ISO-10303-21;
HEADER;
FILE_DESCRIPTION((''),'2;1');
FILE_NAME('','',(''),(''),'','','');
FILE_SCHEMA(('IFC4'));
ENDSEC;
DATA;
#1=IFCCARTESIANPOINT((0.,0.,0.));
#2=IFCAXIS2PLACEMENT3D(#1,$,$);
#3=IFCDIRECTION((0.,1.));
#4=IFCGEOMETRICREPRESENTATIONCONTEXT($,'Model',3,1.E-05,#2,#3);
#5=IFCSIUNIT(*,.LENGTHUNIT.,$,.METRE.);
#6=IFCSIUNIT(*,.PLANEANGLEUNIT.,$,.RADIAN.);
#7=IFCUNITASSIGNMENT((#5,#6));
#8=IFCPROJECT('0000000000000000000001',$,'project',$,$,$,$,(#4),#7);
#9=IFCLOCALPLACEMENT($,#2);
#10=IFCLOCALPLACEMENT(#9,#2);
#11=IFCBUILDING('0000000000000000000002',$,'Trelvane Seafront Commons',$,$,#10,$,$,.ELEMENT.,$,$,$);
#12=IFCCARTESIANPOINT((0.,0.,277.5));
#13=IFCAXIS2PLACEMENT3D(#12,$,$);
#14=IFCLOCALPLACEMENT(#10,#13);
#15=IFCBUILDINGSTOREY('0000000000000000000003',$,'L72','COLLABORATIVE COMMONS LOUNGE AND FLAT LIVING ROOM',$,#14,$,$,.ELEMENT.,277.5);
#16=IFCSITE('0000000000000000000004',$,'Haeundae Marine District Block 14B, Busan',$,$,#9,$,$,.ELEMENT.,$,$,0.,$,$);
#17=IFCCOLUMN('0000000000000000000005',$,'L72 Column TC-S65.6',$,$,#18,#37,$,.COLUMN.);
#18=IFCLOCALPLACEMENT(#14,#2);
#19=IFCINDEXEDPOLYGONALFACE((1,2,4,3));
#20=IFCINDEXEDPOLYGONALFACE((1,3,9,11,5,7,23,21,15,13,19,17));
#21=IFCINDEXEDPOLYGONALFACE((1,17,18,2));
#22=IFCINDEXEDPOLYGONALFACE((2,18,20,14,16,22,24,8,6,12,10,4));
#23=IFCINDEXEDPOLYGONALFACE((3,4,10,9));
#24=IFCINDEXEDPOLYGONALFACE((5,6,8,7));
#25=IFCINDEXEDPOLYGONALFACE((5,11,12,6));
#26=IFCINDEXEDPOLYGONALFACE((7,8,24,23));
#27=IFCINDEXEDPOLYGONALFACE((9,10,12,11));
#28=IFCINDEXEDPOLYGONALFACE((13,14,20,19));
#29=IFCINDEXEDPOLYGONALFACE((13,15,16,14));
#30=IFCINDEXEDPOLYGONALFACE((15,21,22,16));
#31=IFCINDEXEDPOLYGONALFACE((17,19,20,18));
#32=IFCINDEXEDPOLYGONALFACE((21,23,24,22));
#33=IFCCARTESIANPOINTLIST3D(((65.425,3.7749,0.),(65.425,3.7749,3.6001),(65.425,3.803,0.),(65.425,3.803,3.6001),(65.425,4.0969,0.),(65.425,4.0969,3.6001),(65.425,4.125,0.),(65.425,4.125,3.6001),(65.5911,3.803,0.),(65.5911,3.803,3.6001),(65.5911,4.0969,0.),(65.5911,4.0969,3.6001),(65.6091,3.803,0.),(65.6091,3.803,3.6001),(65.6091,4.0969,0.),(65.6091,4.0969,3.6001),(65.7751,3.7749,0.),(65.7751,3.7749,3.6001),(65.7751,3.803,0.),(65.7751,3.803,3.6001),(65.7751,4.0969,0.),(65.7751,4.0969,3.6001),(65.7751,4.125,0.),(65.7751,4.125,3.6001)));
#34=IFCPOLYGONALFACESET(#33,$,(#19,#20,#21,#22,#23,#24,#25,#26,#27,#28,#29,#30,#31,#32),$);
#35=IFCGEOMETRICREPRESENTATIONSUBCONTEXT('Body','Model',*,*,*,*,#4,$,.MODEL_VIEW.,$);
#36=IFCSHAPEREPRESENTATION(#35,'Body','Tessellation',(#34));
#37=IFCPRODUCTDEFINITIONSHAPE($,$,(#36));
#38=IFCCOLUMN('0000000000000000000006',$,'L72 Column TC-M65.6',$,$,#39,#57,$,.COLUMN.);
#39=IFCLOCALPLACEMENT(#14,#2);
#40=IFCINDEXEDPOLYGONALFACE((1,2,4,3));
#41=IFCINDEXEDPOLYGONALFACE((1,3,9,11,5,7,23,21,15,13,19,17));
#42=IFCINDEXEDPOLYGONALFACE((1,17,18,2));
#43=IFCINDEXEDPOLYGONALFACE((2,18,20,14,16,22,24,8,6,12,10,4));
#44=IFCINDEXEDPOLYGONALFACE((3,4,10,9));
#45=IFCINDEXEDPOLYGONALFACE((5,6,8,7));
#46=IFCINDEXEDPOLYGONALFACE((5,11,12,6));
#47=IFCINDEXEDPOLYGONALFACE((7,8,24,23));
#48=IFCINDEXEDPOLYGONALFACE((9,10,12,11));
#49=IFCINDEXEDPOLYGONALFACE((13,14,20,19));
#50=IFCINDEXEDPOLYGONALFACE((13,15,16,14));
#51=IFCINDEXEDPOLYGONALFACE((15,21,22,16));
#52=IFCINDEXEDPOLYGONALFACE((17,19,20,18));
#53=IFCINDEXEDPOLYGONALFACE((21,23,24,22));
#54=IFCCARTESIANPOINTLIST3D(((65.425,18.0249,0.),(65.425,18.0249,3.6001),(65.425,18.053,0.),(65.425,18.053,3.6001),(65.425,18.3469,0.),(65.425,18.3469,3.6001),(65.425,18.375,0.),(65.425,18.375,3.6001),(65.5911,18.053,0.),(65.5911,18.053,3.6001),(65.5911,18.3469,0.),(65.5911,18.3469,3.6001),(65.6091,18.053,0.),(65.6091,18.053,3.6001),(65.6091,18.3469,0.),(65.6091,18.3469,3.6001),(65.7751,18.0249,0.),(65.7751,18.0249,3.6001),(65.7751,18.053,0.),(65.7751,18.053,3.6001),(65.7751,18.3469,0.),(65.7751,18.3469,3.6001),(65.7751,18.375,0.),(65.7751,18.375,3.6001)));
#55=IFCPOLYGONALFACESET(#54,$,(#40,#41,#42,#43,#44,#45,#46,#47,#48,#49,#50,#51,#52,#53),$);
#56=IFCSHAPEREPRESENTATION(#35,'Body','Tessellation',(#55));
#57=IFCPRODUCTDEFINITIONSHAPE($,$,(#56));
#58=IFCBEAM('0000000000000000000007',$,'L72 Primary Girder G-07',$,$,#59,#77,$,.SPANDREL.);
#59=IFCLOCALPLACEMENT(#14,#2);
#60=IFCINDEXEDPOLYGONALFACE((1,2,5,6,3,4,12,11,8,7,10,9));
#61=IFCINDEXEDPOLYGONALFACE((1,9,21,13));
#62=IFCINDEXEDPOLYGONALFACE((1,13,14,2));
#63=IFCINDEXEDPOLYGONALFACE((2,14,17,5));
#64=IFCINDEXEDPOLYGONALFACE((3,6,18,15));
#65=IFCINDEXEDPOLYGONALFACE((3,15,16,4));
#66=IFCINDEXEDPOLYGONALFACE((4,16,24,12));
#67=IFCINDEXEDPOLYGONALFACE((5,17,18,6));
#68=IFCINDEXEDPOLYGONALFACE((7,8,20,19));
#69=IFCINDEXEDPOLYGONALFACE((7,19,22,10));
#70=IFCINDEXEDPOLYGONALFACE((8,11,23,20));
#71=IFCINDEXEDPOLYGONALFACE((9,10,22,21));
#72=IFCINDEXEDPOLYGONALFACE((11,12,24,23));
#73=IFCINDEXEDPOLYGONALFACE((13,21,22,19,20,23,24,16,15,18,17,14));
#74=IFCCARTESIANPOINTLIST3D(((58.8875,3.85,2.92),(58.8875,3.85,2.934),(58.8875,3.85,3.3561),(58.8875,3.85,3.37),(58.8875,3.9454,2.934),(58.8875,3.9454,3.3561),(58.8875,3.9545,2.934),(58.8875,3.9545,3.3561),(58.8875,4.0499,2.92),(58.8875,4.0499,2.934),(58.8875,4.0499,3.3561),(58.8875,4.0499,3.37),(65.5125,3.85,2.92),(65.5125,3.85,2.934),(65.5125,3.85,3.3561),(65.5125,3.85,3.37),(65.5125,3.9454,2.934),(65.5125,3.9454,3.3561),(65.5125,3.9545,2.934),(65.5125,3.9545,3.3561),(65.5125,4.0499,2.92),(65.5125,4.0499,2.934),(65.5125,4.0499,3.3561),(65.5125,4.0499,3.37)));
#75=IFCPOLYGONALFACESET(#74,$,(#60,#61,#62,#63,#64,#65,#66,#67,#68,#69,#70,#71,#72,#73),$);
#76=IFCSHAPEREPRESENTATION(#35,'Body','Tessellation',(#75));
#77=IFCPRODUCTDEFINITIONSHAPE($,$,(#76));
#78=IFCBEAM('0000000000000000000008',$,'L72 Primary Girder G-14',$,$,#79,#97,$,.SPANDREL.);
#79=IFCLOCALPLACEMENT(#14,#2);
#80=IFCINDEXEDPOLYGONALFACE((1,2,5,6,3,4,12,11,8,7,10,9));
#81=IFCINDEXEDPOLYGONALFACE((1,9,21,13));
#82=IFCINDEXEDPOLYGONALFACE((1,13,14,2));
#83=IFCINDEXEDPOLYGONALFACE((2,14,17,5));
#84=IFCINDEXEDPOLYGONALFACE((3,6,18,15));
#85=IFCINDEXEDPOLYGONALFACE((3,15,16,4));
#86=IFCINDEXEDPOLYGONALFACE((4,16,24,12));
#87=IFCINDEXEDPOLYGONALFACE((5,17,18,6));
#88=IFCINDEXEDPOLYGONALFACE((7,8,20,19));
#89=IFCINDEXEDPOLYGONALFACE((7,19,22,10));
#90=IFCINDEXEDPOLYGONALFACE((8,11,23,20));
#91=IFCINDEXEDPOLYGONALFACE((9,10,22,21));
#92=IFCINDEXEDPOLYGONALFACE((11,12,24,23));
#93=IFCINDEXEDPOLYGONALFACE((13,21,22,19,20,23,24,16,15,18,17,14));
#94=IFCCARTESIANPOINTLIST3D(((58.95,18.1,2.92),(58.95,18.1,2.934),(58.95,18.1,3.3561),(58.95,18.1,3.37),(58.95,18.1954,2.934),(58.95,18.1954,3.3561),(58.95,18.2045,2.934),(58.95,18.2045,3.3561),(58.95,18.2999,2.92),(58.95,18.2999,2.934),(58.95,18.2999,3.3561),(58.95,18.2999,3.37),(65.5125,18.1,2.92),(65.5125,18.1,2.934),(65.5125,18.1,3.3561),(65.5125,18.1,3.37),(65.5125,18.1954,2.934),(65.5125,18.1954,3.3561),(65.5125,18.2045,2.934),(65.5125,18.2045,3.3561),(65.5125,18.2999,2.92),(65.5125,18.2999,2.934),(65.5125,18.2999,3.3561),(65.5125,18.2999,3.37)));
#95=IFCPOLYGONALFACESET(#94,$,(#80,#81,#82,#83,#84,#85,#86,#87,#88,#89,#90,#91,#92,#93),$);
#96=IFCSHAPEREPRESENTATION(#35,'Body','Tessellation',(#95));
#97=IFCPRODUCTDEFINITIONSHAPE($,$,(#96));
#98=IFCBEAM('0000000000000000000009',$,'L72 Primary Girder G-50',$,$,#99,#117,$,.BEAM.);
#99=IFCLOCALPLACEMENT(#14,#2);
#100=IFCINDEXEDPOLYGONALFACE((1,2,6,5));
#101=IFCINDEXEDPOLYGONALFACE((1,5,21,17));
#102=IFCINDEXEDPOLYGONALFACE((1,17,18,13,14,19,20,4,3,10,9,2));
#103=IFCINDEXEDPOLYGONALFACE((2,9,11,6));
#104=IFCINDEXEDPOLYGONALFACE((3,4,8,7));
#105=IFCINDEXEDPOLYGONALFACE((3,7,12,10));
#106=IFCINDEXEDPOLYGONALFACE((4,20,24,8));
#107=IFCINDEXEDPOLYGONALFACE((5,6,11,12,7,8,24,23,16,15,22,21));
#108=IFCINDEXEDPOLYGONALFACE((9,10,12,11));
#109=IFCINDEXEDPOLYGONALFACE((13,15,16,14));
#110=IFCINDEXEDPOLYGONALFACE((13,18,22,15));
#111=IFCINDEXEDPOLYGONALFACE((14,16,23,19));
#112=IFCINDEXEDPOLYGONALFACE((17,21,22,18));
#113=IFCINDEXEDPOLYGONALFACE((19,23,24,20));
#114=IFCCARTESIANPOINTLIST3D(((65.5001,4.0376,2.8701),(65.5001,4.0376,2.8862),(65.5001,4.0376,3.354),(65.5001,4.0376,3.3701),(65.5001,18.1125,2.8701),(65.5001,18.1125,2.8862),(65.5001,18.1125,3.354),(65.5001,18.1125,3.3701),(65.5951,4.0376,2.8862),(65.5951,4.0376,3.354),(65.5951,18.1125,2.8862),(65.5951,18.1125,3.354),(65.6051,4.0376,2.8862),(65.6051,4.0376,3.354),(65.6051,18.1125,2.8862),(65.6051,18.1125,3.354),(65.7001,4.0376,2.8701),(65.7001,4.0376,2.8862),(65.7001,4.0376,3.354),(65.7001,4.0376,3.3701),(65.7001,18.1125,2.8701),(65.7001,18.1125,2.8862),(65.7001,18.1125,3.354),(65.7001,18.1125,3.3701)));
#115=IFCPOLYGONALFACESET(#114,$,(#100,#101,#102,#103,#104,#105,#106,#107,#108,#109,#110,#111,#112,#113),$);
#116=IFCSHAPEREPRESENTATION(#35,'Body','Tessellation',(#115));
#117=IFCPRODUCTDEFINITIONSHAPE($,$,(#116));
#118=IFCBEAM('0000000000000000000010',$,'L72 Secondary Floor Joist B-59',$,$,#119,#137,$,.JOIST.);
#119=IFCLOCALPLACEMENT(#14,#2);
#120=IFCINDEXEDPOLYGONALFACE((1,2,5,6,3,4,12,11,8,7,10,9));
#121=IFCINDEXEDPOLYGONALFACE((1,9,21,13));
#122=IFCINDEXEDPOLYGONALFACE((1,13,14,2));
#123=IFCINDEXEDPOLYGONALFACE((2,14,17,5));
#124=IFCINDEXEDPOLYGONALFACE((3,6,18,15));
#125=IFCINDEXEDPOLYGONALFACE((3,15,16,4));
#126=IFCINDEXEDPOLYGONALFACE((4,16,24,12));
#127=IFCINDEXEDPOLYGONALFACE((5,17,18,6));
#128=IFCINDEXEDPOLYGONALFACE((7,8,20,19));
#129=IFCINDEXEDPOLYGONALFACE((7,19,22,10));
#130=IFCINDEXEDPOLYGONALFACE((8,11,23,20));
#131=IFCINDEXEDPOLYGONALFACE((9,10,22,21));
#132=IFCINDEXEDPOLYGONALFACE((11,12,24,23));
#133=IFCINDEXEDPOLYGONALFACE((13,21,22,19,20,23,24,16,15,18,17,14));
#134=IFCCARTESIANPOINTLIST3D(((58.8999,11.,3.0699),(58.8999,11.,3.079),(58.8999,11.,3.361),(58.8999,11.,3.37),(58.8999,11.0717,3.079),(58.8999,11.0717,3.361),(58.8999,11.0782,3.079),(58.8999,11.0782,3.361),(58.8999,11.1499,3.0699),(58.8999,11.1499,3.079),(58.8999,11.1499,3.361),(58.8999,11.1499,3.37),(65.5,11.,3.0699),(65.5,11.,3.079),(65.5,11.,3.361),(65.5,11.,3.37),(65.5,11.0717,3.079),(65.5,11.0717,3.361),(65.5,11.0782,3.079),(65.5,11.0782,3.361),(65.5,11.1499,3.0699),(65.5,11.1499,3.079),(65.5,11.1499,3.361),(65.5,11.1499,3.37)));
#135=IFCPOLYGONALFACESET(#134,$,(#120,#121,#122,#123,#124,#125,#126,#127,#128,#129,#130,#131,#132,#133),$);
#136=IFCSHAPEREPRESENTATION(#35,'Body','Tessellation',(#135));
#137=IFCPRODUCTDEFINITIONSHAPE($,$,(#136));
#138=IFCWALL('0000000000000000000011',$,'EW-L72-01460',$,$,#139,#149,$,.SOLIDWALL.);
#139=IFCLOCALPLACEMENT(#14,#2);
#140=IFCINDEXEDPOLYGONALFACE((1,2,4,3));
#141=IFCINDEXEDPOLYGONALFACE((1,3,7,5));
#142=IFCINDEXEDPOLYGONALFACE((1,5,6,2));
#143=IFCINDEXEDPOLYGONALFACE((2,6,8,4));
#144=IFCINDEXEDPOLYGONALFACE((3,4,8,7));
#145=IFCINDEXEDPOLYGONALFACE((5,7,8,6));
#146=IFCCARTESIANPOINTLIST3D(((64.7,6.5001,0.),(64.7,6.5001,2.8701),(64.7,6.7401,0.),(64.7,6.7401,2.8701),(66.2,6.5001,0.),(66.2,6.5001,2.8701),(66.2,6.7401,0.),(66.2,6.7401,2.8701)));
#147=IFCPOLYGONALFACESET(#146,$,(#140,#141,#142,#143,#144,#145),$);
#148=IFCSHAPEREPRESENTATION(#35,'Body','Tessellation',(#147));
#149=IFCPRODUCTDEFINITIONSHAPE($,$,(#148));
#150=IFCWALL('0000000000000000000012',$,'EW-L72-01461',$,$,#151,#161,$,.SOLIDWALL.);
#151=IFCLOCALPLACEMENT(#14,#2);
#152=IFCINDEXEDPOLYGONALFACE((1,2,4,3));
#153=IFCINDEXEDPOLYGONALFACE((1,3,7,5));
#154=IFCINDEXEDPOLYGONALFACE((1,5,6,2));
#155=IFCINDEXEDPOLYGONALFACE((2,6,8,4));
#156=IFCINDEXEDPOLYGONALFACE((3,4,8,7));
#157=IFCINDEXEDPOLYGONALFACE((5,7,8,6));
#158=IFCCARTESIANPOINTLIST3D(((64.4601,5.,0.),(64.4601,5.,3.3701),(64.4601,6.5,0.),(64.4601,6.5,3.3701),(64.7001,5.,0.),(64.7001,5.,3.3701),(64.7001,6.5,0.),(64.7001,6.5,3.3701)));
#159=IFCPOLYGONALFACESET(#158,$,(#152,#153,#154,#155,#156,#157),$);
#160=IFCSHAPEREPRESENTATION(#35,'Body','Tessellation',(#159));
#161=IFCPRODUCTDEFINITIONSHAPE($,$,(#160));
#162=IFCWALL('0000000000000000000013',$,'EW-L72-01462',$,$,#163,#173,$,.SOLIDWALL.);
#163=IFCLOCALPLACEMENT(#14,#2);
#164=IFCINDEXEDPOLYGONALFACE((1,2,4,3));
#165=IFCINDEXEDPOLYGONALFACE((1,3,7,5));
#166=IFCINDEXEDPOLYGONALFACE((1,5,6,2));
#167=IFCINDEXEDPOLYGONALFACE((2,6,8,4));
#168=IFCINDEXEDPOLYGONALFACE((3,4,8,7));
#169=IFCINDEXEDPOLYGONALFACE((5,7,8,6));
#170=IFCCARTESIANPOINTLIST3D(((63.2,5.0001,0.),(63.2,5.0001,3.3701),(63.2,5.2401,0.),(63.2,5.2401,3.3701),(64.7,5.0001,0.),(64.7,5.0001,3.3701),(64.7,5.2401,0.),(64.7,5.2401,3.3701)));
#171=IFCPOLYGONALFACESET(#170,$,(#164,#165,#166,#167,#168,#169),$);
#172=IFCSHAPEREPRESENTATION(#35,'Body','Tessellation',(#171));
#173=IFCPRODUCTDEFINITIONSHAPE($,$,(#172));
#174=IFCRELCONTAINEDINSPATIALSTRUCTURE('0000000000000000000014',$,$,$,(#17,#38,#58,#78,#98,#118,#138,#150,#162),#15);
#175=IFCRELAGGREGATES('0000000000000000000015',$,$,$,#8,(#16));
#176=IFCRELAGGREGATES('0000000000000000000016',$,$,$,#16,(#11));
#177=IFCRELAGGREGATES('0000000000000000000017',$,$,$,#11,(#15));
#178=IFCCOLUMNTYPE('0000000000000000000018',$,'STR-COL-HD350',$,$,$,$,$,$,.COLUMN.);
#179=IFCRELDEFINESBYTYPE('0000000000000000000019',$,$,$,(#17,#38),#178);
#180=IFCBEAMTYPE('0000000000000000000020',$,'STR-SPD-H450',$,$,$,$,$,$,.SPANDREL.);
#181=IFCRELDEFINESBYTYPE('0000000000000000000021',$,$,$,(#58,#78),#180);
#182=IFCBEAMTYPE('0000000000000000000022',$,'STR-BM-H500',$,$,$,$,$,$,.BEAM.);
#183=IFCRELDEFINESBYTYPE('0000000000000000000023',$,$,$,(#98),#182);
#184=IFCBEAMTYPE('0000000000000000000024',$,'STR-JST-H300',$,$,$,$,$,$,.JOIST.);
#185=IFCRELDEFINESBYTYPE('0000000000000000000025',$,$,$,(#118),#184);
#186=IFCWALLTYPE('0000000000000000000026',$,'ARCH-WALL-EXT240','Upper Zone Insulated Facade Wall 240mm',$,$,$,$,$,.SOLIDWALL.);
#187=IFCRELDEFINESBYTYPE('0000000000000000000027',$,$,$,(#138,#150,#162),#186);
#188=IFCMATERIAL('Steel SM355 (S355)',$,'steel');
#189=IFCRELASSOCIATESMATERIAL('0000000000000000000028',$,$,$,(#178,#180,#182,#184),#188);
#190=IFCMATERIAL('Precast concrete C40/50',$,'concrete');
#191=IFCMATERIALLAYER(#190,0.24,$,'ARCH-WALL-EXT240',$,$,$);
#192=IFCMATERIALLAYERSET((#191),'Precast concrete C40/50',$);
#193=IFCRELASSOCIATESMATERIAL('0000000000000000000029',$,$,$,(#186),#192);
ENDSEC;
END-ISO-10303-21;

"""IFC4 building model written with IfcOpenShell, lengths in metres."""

from ifc_helpers import new_model, si_unit, direction, frame, frame_2d, origin, origin_2d, place, context, subcontext, project, spatial, rectangle, i_section, extrude, source, transform, mapped, material, layer, layer_set, material_profile, profile_set, type_object, element, save


model = new_model("IFC4")

# Units and contexts
model_context = context("Model", 3, precision=1e-05, world=origin(), true_north=direction((0.0, 1.0)))
body_context = subcontext(model_context, "Body", "Model", "MODEL_VIEW")
ifc_project = project(units=[si_unit("LENGTHUNIT", "METRE"), si_unit("PLANEANGLEUNIT", "RADIAN")], contexts=[model_context])

# Site, building, storey
site_placement = place(None, origin())
site = spatial("IfcSite", under=ifc_project, at=site_placement, Name="Haeundae Marine District Block 14B, Busan", CompositionType="ELEMENT", RefElevation=0.0)
building_placement = place(site_placement, origin())
building = spatial("IfcBuilding", under=site, at=building_placement, Name="Trelvane Seafront Commons", CompositionType="ELEMENT")
storey_placement = place(building_placement, frame((0.0, 0.0, 277.5)))
storey = spatial("IfcBuildingStorey", under=building, at=storey_placement, Name="L72", Description="COLLABORATIVE COMMONS LOUNGE AND FLAT LIVING ROOM", CompositionType="ELEMENT", Elevation=277.5)

# Columns
ifc_material_1 = material(Name="Steel SM355 (S355)", Category="steel")
ifc_material_profile_1 = material_profile(ifc_material_1, i_section(OverallWidth=0.3501, OverallDepth=0.3501, WebThickness=0.0181, FlangeThickness=0.0281, at=origin_2d()), Name="HD-350x350x18x28")
ifc_profile_set_1 = profile_set([ifc_material_profile_1], Name="Steel SM355 (S355)")
column_type = type_object("IfcColumnType", Name="STR-COL-HD350", PredefinedType="COLUMN", material=ifc_profile_set_1)
shared_shape_1 = source(origin(), body_context, "Body", "SweptSolid", [
    extrude(i_section(OverallWidth=0.3501, OverallDepth=0.3501, WebThickness=0.0181, FlangeThickness=0.0281, at=origin_2d()), origin(), (0.0, 0.0, 1.0), 3.6001),
])
for number, where, z_axis, x_axis, name in (
    (1, (65.6001, 3.95, 0.0), (0.0, 0.0, 1.0), (1.0, 0.0, 0.0), "L72 Column TC-S65.6"),
    (2, (65.6001, 18.2, 0.0), (0.0, 0.0, 1.0), (1.0, 0.0, 0.0), "L72 Column TC-M65.6"),
):
    element("IfcColumn", number, at=place(storey_placement, frame(where, z_axis=z_axis, x_axis=x_axis)), inside=storey, type_object=column_type, Name=name, PredefinedType="COLUMN", context=body_context, shape_type="MappedRepresentation", body=[
        mapped(shared_shape_1, transform((0.0, 0.0, 0.0), x_axis=(1.0, 0.0, 0.0), y_axis=(0.0, 1.0, 0.0), z_axis=(0.0, 0.0, 1.0), scale=1.0)),
    ])

# Beams
ifc_material_profile_2 = material_profile(ifc_material_1, i_section(OverallWidth=0.2, OverallDepth=0.45, WebThickness=0.009, FlangeThickness=0.0139, at=origin_2d()), Name="H-450x200x9x14")
ifc_profile_set_2 = profile_set([ifc_material_profile_2], Name="Steel SM355 (S355)")
beam_type_1 = type_object("IfcBeamType", Name="STR-SPD-H450", PredefinedType="SPANDREL", material=ifc_profile_set_2)
shared_shape_2 = source(origin(), body_context, "Body", "SweptSolid", [
    extrude(i_section(OverallWidth=0.2, OverallDepth=0.45, WebThickness=0.009, FlangeThickness=0.0139, at=origin_2d()), origin(), (0.0, 0.0, 1.0), 6.625),
])
beam_1_placement = place(storey_placement, frame((58.8875, 3.95, 3.145), z_axis=(1.0, 0.0, 0.0), x_axis=(0.0, 1.0, 0.0)))
element("IfcBeam", 3, at=beam_1_placement, inside=storey, type_object=beam_type_1, Name="L72 Primary Girder G-07", PredefinedType="SPANDREL", context=body_context, shape_type="MappedRepresentation", body=[
    mapped(shared_shape_2, transform((0.0, 0.0, 0.0), x_axis=(1.0, 0.0, 0.0), y_axis=(0.0, 1.0, 0.0), z_axis=(0.0, 0.0, 1.0), scale=1.0)),
])
shared_shape_3 = source(origin(), body_context, "Body", "SweptSolid", [
    extrude(i_section(OverallWidth=0.2, OverallDepth=0.45, WebThickness=0.009, FlangeThickness=0.0139, at=origin_2d()), origin(), (0.0, 0.0, 1.0), 6.5625),
])
beam_2_placement = place(storey_placement, frame((58.95, 18.2, 3.145), z_axis=(1.0, 0.0, 0.0), x_axis=(0.0, 1.0, 0.0)))
element("IfcBeam", 4, at=beam_2_placement, inside=storey, type_object=beam_type_1, Name="L72 Primary Girder G-14", PredefinedType="SPANDREL", context=body_context, shape_type="MappedRepresentation", body=[
    mapped(shared_shape_3, transform((0.0, 0.0, 0.0), x_axis=(1.0, 0.0, 0.0), y_axis=(0.0, 1.0, 0.0), z_axis=(0.0, 0.0, 1.0), scale=1.0)),
])
ifc_material_profile_3 = material_profile(ifc_material_1, i_section(OverallWidth=0.2, OverallDepth=0.5, WebThickness=0.01, FlangeThickness=0.0161, at=origin_2d()), Name="H-500x200x10x16")
ifc_profile_set_3 = profile_set([ifc_material_profile_3], Name="Steel SM355 (S355)")
beam_type_2 = type_object("IfcBeamType", Name="STR-BM-H500", PredefinedType="BEAM", material=ifc_profile_set_3)
shared_shape_4 = source(origin(), body_context, "Body", "SweptSolid", [
    extrude(i_section(OverallWidth=0.2, OverallDepth=0.5, WebThickness=0.01, FlangeThickness=0.0161, at=origin_2d()), origin(), (0.0, 0.0, 1.0), 14.075),
])
beam_3_placement = place(storey_placement, frame((65.6001, 4.0376, 3.1201), z_axis=(0.0, 1.0, 0.0), x_axis=(-1.0, 0.0, 0.0)))
element("IfcBeam", 5, at=beam_3_placement, inside=storey, type_object=beam_type_2, Name="L72 Primary Girder G-50", PredefinedType="BEAM", context=body_context, shape_type="MappedRepresentation", body=[
    mapped(shared_shape_4, transform((0.0, 0.0, 0.0), x_axis=(1.0, 0.0, 0.0), y_axis=(0.0, 1.0, 0.0), z_axis=(0.0, 0.0, 1.0), scale=1.0)),
])
ifc_material_profile_4 = material_profile(ifc_material_1, i_section(OverallWidth=0.1499, OverallDepth=0.3, WebThickness=0.0066, FlangeThickness=0.009, at=origin_2d()), Name="H-300x150x6.5x9")
ifc_profile_set_4 = profile_set([ifc_material_profile_4], Name="Steel SM355 (S355)")
beam_type_3 = type_object("IfcBeamType", Name="STR-JST-H300", PredefinedType="JOIST", material=ifc_profile_set_4)
shared_shape_5 = source(origin(), body_context, "Body", "SweptSolid", [
    extrude(i_section(OverallWidth=0.1499, OverallDepth=0.3, WebThickness=0.0066, FlangeThickness=0.009, at=origin_2d()), origin(), (0.0, 0.0, 1.0), 6.6001),
])
beam_4_placement = place(storey_placement, frame((58.8999, 11.075, 3.22), z_axis=(1.0, 0.0, 0.0), x_axis=(0.0, 1.0, 0.0)))
element("IfcBeam", 6, at=beam_4_placement, inside=storey, type_object=beam_type_3, Name="L72 Secondary Floor Joist B-59", PredefinedType="JOIST", context=body_context, shape_type="MappedRepresentation", body=[
    mapped(shared_shape_5, transform((0.0, 0.0, 0.0), x_axis=(1.0, 0.0, 0.0), y_axis=(0.0, 1.0, 0.0), z_axis=(0.0, 0.0, 1.0), scale=1.0)),
])

# Walls
ifc_material_2 = material(Name="Precast concrete C40/50", Category="concrete")
ifc_layer = layer(ifc_material_2, 0.24, Name="ARCH-WALL-EXT240")
ifc_layer_set = layer_set([ifc_layer], Name="Precast concrete C40/50")
wall_type = type_object("IfcWallType", Name="ARCH-WALL-EXT240", Description="Upper Zone Insulated Facade Wall 240mm", PredefinedType="SOLIDWALL", material=ifc_layer_set)
wall_1_placement = place(storey_placement, frame((66.2, 6.6201, 0.0), z_axis=(0.0, 0.0, 1.0), x_axis=(-1.0, 0.0, 0.0)))
element("IfcWall", 7, at=wall_1_placement, inside=storey, type_object=wall_type, Name="EW-L72-01460", PredefinedType="SOLIDWALL", context=body_context, shape_type="SweptSolid", body=[
    extrude(rectangle(XDim=1.5, YDim=0.24, at=frame_2d((0.75, 0.0))), origin(), (0.0, 0.0, 1.0), 2.8701),
])
for number, where, z_axis, x_axis, name in (
    (8, (64.5801, 6.5, 0.0), (0.0, 0.0, 1.0), (0.0, -1.0, 0.0), "EW-L72-01461"),
    (9, (64.7, 5.1201, 0.0), (0.0, 0.0, 1.0), (-1.0, 0.0, 0.0), "EW-L72-01462"),
):
    element("IfcWall", number, at=place(storey_placement, frame(where, z_axis=z_axis, x_axis=x_axis)), inside=storey, type_object=wall_type, Name=name, PredefinedType="SOLIDWALL", context=body_context, shape_type="SweptSolid", body=[
        extrude(rectangle(XDim=1.5, YDim=0.24, at=frame_2d((0.75, 0.0))), origin(), (0.0, 0.0, 1.0), 3.3701),
    ])

save(model, "model.ifc")
